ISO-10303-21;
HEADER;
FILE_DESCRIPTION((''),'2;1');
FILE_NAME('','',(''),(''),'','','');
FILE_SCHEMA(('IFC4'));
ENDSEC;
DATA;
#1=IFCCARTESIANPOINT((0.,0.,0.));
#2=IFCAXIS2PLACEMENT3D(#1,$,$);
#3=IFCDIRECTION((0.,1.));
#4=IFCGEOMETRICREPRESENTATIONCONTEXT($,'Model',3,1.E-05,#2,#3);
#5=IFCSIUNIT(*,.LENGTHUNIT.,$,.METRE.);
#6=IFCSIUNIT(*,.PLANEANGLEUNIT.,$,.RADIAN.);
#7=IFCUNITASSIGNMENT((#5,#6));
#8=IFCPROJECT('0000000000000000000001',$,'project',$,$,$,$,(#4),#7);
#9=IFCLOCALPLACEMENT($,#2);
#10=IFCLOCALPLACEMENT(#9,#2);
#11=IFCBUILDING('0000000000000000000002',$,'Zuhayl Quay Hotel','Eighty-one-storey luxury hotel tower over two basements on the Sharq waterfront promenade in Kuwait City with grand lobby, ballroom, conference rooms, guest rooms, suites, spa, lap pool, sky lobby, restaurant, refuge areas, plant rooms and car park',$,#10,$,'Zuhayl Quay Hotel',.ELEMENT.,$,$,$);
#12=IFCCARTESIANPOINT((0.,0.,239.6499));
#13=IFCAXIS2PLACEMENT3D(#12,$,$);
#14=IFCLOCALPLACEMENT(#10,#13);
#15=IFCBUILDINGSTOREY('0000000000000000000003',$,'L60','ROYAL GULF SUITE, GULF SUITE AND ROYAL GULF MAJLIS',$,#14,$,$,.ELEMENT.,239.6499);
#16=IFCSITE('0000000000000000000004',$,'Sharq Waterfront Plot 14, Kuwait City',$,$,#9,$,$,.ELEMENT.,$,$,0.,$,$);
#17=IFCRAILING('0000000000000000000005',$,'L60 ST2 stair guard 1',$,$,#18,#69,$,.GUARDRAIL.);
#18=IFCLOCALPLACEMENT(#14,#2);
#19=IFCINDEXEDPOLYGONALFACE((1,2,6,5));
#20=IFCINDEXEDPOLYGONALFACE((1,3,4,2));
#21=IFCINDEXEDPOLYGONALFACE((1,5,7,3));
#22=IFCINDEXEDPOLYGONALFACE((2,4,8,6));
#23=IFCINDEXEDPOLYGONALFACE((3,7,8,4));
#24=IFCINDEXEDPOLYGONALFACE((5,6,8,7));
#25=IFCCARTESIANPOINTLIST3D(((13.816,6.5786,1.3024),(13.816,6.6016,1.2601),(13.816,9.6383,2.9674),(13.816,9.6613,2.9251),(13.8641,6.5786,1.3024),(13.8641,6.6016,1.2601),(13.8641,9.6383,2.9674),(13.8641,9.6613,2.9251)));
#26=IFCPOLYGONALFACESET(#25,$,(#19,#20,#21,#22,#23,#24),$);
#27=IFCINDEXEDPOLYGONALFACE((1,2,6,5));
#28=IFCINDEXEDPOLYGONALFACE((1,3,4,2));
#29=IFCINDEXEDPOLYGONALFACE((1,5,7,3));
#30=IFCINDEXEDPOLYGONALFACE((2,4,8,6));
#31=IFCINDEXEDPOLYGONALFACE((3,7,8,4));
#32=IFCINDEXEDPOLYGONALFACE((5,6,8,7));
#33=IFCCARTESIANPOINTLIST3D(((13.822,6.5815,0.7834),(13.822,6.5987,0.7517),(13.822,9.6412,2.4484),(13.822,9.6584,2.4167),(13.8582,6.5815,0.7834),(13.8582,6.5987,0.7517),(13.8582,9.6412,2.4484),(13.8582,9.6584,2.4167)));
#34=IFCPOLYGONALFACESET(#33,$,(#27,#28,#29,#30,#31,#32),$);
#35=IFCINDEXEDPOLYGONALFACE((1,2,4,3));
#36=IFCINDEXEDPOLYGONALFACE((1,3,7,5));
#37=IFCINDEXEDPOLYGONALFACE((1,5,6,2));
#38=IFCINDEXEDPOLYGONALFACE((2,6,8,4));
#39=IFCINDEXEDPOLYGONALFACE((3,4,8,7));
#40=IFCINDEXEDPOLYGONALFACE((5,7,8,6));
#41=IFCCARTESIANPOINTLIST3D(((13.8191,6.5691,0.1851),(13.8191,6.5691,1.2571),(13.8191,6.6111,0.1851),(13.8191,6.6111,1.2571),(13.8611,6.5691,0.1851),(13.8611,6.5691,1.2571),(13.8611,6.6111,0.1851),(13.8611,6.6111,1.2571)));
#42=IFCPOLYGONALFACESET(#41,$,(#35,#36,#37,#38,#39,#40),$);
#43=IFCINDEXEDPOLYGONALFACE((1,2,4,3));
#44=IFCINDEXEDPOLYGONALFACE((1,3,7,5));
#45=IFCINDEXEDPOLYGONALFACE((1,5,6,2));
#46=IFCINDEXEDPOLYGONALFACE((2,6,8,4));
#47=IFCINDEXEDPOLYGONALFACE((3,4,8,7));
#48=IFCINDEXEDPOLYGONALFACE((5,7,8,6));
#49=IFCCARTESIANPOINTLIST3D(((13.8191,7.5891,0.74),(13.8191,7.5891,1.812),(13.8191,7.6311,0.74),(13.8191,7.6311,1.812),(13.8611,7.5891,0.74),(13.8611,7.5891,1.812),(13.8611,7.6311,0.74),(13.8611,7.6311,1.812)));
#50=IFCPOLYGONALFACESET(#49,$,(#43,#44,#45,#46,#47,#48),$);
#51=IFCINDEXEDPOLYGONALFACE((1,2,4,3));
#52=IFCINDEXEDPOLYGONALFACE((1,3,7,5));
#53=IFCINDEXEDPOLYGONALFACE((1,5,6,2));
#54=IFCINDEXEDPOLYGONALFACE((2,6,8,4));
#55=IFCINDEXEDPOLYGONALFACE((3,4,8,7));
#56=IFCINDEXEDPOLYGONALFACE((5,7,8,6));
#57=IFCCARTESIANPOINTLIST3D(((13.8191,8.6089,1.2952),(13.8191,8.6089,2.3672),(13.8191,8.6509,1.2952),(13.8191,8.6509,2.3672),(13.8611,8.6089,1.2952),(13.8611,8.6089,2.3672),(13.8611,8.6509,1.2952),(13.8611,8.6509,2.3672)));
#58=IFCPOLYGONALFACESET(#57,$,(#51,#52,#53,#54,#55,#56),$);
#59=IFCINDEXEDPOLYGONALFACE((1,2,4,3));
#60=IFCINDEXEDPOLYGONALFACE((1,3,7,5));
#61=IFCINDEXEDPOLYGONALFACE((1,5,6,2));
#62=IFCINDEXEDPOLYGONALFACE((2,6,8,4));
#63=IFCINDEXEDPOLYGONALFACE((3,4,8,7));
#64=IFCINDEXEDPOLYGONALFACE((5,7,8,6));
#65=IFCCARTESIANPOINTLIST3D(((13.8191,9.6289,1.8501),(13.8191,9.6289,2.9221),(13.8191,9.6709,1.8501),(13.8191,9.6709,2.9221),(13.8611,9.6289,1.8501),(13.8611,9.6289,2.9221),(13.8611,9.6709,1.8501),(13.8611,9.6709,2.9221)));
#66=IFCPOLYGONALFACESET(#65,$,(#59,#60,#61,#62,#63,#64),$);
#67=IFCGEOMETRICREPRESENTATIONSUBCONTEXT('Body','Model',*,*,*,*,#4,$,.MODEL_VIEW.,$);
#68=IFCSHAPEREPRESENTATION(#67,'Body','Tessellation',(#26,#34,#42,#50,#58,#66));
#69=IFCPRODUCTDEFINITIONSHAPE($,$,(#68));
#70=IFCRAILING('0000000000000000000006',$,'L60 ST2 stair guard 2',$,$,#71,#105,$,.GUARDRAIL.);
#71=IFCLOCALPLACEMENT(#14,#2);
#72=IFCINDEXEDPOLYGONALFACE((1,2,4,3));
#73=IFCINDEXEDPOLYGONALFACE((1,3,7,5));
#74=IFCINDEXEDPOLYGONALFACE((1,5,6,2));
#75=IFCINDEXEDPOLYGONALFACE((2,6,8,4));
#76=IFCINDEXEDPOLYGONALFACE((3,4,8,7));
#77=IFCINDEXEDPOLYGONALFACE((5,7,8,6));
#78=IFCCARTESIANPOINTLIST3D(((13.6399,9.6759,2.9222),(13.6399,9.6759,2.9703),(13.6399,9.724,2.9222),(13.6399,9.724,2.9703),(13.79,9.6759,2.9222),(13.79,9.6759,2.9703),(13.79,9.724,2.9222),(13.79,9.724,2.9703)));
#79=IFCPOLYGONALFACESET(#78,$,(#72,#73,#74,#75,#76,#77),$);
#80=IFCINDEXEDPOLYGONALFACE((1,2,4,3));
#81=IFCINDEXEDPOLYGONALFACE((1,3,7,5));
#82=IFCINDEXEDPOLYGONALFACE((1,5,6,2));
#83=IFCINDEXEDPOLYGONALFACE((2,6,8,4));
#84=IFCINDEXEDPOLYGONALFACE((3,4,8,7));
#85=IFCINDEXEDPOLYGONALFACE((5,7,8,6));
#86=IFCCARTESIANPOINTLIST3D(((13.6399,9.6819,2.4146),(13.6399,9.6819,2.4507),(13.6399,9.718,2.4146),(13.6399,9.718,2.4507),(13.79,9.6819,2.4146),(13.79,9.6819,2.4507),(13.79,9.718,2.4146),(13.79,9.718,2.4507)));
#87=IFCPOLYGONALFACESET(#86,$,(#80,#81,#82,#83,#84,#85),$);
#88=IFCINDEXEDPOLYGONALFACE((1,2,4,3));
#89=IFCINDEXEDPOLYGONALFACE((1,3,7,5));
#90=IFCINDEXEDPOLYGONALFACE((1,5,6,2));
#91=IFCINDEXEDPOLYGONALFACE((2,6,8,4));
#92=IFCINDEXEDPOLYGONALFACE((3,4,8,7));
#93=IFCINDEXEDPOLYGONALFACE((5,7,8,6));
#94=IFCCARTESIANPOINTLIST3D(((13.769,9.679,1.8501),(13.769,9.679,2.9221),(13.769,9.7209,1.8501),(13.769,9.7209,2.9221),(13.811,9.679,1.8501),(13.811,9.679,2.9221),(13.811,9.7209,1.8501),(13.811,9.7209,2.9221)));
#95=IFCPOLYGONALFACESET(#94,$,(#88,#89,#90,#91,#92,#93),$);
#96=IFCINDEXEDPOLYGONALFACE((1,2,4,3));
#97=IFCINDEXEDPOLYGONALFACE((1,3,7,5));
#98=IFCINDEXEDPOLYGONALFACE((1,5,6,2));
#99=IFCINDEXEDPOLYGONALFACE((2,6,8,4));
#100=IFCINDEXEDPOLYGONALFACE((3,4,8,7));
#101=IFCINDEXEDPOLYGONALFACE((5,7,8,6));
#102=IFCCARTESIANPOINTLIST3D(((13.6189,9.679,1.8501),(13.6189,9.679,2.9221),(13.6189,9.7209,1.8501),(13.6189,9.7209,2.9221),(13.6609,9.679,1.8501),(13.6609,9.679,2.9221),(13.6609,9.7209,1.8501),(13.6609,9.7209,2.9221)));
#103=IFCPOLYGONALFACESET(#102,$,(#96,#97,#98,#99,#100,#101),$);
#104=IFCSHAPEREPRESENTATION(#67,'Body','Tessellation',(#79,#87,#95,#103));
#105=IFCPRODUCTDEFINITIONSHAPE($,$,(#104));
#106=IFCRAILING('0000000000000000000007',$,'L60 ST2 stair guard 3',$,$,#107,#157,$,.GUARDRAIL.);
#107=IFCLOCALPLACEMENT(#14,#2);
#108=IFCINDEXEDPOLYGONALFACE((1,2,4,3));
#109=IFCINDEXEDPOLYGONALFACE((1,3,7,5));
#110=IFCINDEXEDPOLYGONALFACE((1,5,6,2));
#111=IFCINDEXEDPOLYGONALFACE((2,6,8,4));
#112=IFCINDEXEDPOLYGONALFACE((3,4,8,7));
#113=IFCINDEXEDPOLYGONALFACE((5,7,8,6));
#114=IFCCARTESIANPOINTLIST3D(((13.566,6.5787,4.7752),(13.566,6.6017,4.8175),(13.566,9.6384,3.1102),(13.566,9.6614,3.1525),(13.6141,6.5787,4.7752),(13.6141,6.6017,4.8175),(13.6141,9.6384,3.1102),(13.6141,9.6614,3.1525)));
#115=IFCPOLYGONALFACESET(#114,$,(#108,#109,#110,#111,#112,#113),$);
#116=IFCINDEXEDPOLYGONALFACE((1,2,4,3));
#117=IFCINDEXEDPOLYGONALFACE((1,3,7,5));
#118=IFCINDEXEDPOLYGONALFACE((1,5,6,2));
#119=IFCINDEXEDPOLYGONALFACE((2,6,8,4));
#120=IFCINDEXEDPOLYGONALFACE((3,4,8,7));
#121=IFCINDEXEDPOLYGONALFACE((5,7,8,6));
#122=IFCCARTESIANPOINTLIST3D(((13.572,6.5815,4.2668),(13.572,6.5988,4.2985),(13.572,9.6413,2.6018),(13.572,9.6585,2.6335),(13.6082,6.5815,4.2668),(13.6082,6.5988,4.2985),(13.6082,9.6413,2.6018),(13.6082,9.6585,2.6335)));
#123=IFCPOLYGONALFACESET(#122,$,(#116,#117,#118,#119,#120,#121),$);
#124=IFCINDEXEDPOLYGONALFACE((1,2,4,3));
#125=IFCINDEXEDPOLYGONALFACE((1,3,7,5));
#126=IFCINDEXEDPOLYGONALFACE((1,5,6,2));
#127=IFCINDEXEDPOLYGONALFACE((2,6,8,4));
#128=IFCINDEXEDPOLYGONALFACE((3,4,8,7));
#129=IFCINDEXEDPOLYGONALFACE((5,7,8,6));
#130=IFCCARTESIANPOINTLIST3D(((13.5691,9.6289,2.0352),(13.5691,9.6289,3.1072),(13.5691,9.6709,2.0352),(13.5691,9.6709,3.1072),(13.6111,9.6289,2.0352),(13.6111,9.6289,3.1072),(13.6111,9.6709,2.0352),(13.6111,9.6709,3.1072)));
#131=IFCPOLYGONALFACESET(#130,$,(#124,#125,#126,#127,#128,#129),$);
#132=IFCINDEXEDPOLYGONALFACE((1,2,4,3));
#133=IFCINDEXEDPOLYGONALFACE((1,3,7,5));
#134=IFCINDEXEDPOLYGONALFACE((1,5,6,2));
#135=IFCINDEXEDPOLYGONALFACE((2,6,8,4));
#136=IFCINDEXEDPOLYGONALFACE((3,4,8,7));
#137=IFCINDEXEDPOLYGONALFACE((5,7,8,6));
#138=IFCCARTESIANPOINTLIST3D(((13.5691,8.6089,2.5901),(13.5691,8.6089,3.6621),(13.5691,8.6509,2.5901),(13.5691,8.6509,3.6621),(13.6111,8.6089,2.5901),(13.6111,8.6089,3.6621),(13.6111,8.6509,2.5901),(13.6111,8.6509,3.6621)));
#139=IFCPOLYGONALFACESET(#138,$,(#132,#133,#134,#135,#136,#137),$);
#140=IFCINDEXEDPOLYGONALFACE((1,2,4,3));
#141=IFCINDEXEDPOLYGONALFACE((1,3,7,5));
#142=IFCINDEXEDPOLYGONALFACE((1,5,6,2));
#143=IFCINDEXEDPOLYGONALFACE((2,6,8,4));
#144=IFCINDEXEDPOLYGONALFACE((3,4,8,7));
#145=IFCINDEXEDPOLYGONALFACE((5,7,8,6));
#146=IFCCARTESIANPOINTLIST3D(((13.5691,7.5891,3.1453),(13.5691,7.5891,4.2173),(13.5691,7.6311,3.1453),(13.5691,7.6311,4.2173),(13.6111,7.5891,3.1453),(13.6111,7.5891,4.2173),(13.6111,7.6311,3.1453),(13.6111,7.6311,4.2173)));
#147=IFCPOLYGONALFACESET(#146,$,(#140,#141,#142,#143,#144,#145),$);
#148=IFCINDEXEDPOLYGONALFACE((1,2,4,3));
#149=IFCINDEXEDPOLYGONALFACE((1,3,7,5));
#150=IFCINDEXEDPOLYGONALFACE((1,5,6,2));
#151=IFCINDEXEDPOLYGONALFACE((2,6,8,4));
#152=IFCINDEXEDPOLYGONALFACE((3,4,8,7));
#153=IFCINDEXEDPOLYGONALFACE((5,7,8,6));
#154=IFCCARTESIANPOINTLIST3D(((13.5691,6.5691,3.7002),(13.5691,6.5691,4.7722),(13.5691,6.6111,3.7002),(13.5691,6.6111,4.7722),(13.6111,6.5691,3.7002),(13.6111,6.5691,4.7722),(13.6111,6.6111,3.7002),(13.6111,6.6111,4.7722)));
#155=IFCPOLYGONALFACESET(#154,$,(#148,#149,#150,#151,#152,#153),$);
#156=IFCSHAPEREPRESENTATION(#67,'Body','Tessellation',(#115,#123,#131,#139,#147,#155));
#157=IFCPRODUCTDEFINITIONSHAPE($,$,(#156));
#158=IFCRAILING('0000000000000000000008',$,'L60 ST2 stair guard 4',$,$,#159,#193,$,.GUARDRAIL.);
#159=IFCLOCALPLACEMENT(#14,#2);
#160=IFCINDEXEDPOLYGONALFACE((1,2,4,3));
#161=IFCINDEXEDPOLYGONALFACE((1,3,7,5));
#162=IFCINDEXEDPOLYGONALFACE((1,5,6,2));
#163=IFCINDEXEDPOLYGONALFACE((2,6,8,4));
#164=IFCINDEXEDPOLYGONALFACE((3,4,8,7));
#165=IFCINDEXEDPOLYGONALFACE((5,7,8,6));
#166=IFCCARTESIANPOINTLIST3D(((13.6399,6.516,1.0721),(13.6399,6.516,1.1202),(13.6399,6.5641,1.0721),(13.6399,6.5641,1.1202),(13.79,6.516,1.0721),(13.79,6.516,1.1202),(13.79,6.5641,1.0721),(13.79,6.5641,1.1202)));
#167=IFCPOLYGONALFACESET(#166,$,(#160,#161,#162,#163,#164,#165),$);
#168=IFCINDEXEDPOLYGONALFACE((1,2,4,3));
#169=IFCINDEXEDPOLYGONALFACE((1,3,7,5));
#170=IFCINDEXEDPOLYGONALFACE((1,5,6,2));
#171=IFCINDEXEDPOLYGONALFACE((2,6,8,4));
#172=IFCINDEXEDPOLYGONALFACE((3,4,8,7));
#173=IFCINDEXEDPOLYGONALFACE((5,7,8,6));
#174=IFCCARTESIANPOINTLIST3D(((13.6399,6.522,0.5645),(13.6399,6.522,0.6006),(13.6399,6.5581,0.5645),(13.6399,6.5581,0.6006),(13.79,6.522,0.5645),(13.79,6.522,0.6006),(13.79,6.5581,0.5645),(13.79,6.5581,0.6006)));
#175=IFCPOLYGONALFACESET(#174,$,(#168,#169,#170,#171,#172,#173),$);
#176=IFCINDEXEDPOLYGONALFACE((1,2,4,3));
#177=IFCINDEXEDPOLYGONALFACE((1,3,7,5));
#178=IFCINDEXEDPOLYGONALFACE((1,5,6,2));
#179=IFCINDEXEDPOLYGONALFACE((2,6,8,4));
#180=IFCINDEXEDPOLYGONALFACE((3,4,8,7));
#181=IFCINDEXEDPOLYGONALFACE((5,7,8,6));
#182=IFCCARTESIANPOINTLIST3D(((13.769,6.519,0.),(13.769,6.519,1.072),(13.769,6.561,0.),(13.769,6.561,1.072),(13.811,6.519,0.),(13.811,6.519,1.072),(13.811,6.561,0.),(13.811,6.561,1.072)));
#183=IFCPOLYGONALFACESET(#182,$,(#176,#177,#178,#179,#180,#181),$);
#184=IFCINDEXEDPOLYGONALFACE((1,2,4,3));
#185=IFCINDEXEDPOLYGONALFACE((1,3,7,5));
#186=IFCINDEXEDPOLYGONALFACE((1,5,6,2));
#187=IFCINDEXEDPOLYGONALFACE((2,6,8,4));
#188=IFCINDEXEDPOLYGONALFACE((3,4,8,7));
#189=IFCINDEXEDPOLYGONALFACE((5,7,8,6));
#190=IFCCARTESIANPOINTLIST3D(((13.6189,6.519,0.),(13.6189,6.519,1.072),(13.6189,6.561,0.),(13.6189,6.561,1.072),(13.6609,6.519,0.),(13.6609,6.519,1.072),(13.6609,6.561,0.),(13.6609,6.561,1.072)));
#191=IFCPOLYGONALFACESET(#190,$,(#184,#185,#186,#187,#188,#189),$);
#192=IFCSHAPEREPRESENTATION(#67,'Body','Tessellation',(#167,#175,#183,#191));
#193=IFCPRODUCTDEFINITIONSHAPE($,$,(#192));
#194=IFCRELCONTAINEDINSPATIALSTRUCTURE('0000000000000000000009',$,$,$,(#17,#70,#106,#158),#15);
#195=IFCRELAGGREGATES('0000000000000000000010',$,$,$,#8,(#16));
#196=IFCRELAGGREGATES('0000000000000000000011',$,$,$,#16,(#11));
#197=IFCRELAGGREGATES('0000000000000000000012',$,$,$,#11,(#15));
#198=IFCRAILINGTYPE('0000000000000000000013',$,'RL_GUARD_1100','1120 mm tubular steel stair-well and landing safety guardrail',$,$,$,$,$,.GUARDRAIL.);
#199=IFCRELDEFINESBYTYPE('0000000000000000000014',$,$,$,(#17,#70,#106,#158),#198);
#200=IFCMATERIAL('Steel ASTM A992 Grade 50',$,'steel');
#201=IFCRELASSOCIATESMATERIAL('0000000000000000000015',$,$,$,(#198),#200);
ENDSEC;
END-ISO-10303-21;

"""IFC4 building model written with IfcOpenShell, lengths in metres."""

from ifc_helpers import new_model, si_unit, direction, frame, origin, origin_2d, place, context, subcontext, project, spatial, rectangle, extrude, material, type_object, element, save


model = new_model("IFC4")

# Units and contexts
model_context = context("Model", 3, precision=1e-05, world=origin(), true_north=direction((0.0, 1.0)))
body_context = subcontext(model_context, "Body", "Model", "MODEL_VIEW")
ifc_project = project(units=[si_unit("LENGTHUNIT", "METRE"), si_unit("PLANEANGLEUNIT", "RADIAN")], contexts=[model_context])

# Site, building, storey
site_placement = place(None, origin())
site = spatial("IfcSite", under=ifc_project, at=site_placement, Name="Sharq Waterfront Plot 14, Kuwait City", CompositionType="ELEMENT", RefElevation=0.0)
building_placement = place(site_placement, origin())
building = spatial("IfcBuilding", under=site, at=building_placement, Name="Zuhayl Quay Hotel", Description="Eighty-one-storey luxury hotel tower over two basements on the Sharq waterfront promenade in Kuwait City with grand lobby, ballroom, conference rooms, guest rooms, suites, spa, lap pool, sky lobby, restaurant, refuge areas, plant rooms and car park", LongName="Zuhayl Quay Hotel", CompositionType="ELEMENT")
storey_placement = place(building_placement, frame((0.0, 0.0, 239.6499)))
storey = spatial("IfcBuildingStorey", under=building, at=storey_placement, Name="L60", Description="ROYAL GULF SUITE, GULF SUITE AND ROYAL GULF MAJLIS", CompositionType="ELEMENT", Elevation=239.6499)

# Railings
ifc_material_1 = material(Name="Steel ASTM A992 Grade 50", Category="steel")
railing_type_1 = type_object("IfcRailingType", Name="RL_GUARD_1100", Description="1120 mm tubular steel stair-well and landing safety guardrail", PredefinedType="GUARDRAIL", material=ifc_material_1)
railing_1_placement = place(storey_placement, frame((13.8401, 6.5901, 0.1851)))
element("IfcRailing", 1, at=railing_1_placement, inside=storey, type_object=railing_type_1, Name="L60 ST2 stair guard 1", PredefinedType="GUARDRAIL", context=body_context, shape_type="SweptSolid", body=[
    extrude(rectangle(XDim=0.0481, YDim=0.0481, at=origin_2d()), frame((0.0, 0.0, 1.0962), z_axis=(0.0, 0.878372, 0.477978), x_axis=(-1.0, 0.0, 0.0)), (0.0, 0.0, 1.0), 3.4834),
    extrude(rectangle(XDim=0.0361, YDim=0.0361, at=origin_2d()), frame((0.0, 0.0, 0.5825), z_axis=(0.0, 0.878372, 0.477978), x_axis=(-1.0, 0.0, 0.0)), (0.0, 0.0, 1.0), 3.4834),
    extrude(rectangle(XDim=0.042, YDim=0.042, at=origin_2d()), origin(), (0.0, 0.0, 1.0), 1.072),
    extrude(rectangle(XDim=0.042, YDim=0.042, at=origin_2d()), frame((0.0, 1.02, 0.5549)), (0.0, 0.0, 1.0), 1.072),
    extrude(rectangle(XDim=0.042, YDim=0.042, at=origin_2d()), frame((0.0, 2.0398, 1.1101)), (0.0, 0.0, 1.0), 1.072),
    extrude(rectangle(XDim=0.042, YDim=0.042, at=origin_2d()), frame((0.0, 3.0598, 1.665)), (0.0, 0.0, 1.0), 1.072),
])
railing_2_placement = place(storey_placement, frame((13.79, 9.7, 1.8501)))
element("IfcRailing", 2, at=railing_2_placement, inside=storey, type_object=railing_type_1, Name="L60 ST2 stair guard 2", PredefinedType="GUARDRAIL", context=body_context, shape_type="SweptSolid", body=[
    extrude(rectangle(XDim=0.0481, YDim=0.0481, at=origin_2d()), frame((0.0, 0.0, 1.0962), z_axis=(-1.0, 0.0, 0.0), x_axis=(0.0, -1.0, 0.0)), (0.0, 0.0, 1.0), 0.1501),
    extrude(rectangle(XDim=0.0361, YDim=0.0361, at=origin_2d()), frame((0.0, 0.0, 0.5825), z_axis=(-1.0, 0.0, 0.0), x_axis=(0.0, -1.0, 0.0)), (0.0, 0.0, 1.0), 0.1501),
    extrude(rectangle(XDim=0.042, YDim=0.042, at=origin_2d()), origin(), (0.0, 0.0, 1.0), 1.072),
    extrude(rectangle(XDim=0.042, YDim=0.042, at=origin_2d()), frame((-0.1501, 0.0, 0.0)), (0.0, 0.0, 1.0), 1.072),
])
railing_3_placement = place(storey_placement, frame((13.5901, 9.6499, 2.0352)))
element("IfcRailing", 3, at=railing_3_placement, inside=storey, type_object=railing_type_1, Name="L60 ST2 stair guard 3", PredefinedType="GUARDRAIL", context=body_context, shape_type="SweptSolid", body=[
    extrude(rectangle(XDim=0.0481, YDim=0.0481, at=origin_2d()), frame((0.0, 0.0, 1.0962), z_axis=(0.0, -0.878372, 0.477978), x_axis=(1.0, 0.0, 0.0)), (0.0, 0.0, 1.0), 3.4834),
    extrude(rectangle(XDim=0.0361, YDim=0.0361, at=origin_2d()), frame((0.0, 0.0, 0.5825), z_axis=(0.0, -0.878372, 0.477978), x_axis=(1.0, 0.0, 0.0)), (0.0, 0.0, 1.0), 3.4834),
    extrude(rectangle(XDim=0.042, YDim=0.042, at=origin_2d()), origin(), (0.0, 0.0, 1.0), 1.072),
    extrude(rectangle(XDim=0.042, YDim=0.042, at=origin_2d()), frame((0.0, -1.02, 0.5549)), (0.0, 0.0, 1.0), 1.072),
    extrude(rectangle(XDim=0.042, YDim=0.042, at=origin_2d()), frame((0.0, -2.0398, 1.1101)), (0.0, 0.0, 1.0), 1.072),
    extrude(rectangle(XDim=0.042, YDim=0.042, at=origin_2d()), frame((0.0, -3.0598, 1.665)), (0.0, 0.0, 1.0), 1.072),
])
railing_4_placement = place(storey_placement, frame((13.79, 6.54, 0.0)))
element("IfcRailing", 4, at=railing_4_placement, inside=storey, type_object=railing_type_1, Name="L60 ST2 stair guard 4", PredefinedType="GUARDRAIL", context=body_context, shape_type="SweptSolid", body=[
    extrude(rectangle(XDim=0.0481, YDim=0.0481, at=origin_2d()), frame((0.0, 0.0, 1.0962), z_axis=(-1.0, 0.0, 0.0), x_axis=(0.0, -1.0, 0.0)), (0.0, 0.0, 1.0), 0.1501),
    extrude(rectangle(XDim=0.0361, YDim=0.0361, at=origin_2d()), frame((0.0, 0.0, 0.5825), z_axis=(-1.0, 0.0, 0.0), x_axis=(0.0, -1.0, 0.0)), (0.0, 0.0, 1.0), 0.1501),
    extrude(rectangle(XDim=0.042, YDim=0.042, at=origin_2d()), origin(), (0.0, 0.0, 1.0), 1.072),
    extrude(rectangle(XDim=0.042, YDim=0.042, at=origin_2d()), frame((-0.1501, 0.0, 0.0)), (0.0, 0.0, 1.0), 1.072),
])

save(model, "model.ifc")
